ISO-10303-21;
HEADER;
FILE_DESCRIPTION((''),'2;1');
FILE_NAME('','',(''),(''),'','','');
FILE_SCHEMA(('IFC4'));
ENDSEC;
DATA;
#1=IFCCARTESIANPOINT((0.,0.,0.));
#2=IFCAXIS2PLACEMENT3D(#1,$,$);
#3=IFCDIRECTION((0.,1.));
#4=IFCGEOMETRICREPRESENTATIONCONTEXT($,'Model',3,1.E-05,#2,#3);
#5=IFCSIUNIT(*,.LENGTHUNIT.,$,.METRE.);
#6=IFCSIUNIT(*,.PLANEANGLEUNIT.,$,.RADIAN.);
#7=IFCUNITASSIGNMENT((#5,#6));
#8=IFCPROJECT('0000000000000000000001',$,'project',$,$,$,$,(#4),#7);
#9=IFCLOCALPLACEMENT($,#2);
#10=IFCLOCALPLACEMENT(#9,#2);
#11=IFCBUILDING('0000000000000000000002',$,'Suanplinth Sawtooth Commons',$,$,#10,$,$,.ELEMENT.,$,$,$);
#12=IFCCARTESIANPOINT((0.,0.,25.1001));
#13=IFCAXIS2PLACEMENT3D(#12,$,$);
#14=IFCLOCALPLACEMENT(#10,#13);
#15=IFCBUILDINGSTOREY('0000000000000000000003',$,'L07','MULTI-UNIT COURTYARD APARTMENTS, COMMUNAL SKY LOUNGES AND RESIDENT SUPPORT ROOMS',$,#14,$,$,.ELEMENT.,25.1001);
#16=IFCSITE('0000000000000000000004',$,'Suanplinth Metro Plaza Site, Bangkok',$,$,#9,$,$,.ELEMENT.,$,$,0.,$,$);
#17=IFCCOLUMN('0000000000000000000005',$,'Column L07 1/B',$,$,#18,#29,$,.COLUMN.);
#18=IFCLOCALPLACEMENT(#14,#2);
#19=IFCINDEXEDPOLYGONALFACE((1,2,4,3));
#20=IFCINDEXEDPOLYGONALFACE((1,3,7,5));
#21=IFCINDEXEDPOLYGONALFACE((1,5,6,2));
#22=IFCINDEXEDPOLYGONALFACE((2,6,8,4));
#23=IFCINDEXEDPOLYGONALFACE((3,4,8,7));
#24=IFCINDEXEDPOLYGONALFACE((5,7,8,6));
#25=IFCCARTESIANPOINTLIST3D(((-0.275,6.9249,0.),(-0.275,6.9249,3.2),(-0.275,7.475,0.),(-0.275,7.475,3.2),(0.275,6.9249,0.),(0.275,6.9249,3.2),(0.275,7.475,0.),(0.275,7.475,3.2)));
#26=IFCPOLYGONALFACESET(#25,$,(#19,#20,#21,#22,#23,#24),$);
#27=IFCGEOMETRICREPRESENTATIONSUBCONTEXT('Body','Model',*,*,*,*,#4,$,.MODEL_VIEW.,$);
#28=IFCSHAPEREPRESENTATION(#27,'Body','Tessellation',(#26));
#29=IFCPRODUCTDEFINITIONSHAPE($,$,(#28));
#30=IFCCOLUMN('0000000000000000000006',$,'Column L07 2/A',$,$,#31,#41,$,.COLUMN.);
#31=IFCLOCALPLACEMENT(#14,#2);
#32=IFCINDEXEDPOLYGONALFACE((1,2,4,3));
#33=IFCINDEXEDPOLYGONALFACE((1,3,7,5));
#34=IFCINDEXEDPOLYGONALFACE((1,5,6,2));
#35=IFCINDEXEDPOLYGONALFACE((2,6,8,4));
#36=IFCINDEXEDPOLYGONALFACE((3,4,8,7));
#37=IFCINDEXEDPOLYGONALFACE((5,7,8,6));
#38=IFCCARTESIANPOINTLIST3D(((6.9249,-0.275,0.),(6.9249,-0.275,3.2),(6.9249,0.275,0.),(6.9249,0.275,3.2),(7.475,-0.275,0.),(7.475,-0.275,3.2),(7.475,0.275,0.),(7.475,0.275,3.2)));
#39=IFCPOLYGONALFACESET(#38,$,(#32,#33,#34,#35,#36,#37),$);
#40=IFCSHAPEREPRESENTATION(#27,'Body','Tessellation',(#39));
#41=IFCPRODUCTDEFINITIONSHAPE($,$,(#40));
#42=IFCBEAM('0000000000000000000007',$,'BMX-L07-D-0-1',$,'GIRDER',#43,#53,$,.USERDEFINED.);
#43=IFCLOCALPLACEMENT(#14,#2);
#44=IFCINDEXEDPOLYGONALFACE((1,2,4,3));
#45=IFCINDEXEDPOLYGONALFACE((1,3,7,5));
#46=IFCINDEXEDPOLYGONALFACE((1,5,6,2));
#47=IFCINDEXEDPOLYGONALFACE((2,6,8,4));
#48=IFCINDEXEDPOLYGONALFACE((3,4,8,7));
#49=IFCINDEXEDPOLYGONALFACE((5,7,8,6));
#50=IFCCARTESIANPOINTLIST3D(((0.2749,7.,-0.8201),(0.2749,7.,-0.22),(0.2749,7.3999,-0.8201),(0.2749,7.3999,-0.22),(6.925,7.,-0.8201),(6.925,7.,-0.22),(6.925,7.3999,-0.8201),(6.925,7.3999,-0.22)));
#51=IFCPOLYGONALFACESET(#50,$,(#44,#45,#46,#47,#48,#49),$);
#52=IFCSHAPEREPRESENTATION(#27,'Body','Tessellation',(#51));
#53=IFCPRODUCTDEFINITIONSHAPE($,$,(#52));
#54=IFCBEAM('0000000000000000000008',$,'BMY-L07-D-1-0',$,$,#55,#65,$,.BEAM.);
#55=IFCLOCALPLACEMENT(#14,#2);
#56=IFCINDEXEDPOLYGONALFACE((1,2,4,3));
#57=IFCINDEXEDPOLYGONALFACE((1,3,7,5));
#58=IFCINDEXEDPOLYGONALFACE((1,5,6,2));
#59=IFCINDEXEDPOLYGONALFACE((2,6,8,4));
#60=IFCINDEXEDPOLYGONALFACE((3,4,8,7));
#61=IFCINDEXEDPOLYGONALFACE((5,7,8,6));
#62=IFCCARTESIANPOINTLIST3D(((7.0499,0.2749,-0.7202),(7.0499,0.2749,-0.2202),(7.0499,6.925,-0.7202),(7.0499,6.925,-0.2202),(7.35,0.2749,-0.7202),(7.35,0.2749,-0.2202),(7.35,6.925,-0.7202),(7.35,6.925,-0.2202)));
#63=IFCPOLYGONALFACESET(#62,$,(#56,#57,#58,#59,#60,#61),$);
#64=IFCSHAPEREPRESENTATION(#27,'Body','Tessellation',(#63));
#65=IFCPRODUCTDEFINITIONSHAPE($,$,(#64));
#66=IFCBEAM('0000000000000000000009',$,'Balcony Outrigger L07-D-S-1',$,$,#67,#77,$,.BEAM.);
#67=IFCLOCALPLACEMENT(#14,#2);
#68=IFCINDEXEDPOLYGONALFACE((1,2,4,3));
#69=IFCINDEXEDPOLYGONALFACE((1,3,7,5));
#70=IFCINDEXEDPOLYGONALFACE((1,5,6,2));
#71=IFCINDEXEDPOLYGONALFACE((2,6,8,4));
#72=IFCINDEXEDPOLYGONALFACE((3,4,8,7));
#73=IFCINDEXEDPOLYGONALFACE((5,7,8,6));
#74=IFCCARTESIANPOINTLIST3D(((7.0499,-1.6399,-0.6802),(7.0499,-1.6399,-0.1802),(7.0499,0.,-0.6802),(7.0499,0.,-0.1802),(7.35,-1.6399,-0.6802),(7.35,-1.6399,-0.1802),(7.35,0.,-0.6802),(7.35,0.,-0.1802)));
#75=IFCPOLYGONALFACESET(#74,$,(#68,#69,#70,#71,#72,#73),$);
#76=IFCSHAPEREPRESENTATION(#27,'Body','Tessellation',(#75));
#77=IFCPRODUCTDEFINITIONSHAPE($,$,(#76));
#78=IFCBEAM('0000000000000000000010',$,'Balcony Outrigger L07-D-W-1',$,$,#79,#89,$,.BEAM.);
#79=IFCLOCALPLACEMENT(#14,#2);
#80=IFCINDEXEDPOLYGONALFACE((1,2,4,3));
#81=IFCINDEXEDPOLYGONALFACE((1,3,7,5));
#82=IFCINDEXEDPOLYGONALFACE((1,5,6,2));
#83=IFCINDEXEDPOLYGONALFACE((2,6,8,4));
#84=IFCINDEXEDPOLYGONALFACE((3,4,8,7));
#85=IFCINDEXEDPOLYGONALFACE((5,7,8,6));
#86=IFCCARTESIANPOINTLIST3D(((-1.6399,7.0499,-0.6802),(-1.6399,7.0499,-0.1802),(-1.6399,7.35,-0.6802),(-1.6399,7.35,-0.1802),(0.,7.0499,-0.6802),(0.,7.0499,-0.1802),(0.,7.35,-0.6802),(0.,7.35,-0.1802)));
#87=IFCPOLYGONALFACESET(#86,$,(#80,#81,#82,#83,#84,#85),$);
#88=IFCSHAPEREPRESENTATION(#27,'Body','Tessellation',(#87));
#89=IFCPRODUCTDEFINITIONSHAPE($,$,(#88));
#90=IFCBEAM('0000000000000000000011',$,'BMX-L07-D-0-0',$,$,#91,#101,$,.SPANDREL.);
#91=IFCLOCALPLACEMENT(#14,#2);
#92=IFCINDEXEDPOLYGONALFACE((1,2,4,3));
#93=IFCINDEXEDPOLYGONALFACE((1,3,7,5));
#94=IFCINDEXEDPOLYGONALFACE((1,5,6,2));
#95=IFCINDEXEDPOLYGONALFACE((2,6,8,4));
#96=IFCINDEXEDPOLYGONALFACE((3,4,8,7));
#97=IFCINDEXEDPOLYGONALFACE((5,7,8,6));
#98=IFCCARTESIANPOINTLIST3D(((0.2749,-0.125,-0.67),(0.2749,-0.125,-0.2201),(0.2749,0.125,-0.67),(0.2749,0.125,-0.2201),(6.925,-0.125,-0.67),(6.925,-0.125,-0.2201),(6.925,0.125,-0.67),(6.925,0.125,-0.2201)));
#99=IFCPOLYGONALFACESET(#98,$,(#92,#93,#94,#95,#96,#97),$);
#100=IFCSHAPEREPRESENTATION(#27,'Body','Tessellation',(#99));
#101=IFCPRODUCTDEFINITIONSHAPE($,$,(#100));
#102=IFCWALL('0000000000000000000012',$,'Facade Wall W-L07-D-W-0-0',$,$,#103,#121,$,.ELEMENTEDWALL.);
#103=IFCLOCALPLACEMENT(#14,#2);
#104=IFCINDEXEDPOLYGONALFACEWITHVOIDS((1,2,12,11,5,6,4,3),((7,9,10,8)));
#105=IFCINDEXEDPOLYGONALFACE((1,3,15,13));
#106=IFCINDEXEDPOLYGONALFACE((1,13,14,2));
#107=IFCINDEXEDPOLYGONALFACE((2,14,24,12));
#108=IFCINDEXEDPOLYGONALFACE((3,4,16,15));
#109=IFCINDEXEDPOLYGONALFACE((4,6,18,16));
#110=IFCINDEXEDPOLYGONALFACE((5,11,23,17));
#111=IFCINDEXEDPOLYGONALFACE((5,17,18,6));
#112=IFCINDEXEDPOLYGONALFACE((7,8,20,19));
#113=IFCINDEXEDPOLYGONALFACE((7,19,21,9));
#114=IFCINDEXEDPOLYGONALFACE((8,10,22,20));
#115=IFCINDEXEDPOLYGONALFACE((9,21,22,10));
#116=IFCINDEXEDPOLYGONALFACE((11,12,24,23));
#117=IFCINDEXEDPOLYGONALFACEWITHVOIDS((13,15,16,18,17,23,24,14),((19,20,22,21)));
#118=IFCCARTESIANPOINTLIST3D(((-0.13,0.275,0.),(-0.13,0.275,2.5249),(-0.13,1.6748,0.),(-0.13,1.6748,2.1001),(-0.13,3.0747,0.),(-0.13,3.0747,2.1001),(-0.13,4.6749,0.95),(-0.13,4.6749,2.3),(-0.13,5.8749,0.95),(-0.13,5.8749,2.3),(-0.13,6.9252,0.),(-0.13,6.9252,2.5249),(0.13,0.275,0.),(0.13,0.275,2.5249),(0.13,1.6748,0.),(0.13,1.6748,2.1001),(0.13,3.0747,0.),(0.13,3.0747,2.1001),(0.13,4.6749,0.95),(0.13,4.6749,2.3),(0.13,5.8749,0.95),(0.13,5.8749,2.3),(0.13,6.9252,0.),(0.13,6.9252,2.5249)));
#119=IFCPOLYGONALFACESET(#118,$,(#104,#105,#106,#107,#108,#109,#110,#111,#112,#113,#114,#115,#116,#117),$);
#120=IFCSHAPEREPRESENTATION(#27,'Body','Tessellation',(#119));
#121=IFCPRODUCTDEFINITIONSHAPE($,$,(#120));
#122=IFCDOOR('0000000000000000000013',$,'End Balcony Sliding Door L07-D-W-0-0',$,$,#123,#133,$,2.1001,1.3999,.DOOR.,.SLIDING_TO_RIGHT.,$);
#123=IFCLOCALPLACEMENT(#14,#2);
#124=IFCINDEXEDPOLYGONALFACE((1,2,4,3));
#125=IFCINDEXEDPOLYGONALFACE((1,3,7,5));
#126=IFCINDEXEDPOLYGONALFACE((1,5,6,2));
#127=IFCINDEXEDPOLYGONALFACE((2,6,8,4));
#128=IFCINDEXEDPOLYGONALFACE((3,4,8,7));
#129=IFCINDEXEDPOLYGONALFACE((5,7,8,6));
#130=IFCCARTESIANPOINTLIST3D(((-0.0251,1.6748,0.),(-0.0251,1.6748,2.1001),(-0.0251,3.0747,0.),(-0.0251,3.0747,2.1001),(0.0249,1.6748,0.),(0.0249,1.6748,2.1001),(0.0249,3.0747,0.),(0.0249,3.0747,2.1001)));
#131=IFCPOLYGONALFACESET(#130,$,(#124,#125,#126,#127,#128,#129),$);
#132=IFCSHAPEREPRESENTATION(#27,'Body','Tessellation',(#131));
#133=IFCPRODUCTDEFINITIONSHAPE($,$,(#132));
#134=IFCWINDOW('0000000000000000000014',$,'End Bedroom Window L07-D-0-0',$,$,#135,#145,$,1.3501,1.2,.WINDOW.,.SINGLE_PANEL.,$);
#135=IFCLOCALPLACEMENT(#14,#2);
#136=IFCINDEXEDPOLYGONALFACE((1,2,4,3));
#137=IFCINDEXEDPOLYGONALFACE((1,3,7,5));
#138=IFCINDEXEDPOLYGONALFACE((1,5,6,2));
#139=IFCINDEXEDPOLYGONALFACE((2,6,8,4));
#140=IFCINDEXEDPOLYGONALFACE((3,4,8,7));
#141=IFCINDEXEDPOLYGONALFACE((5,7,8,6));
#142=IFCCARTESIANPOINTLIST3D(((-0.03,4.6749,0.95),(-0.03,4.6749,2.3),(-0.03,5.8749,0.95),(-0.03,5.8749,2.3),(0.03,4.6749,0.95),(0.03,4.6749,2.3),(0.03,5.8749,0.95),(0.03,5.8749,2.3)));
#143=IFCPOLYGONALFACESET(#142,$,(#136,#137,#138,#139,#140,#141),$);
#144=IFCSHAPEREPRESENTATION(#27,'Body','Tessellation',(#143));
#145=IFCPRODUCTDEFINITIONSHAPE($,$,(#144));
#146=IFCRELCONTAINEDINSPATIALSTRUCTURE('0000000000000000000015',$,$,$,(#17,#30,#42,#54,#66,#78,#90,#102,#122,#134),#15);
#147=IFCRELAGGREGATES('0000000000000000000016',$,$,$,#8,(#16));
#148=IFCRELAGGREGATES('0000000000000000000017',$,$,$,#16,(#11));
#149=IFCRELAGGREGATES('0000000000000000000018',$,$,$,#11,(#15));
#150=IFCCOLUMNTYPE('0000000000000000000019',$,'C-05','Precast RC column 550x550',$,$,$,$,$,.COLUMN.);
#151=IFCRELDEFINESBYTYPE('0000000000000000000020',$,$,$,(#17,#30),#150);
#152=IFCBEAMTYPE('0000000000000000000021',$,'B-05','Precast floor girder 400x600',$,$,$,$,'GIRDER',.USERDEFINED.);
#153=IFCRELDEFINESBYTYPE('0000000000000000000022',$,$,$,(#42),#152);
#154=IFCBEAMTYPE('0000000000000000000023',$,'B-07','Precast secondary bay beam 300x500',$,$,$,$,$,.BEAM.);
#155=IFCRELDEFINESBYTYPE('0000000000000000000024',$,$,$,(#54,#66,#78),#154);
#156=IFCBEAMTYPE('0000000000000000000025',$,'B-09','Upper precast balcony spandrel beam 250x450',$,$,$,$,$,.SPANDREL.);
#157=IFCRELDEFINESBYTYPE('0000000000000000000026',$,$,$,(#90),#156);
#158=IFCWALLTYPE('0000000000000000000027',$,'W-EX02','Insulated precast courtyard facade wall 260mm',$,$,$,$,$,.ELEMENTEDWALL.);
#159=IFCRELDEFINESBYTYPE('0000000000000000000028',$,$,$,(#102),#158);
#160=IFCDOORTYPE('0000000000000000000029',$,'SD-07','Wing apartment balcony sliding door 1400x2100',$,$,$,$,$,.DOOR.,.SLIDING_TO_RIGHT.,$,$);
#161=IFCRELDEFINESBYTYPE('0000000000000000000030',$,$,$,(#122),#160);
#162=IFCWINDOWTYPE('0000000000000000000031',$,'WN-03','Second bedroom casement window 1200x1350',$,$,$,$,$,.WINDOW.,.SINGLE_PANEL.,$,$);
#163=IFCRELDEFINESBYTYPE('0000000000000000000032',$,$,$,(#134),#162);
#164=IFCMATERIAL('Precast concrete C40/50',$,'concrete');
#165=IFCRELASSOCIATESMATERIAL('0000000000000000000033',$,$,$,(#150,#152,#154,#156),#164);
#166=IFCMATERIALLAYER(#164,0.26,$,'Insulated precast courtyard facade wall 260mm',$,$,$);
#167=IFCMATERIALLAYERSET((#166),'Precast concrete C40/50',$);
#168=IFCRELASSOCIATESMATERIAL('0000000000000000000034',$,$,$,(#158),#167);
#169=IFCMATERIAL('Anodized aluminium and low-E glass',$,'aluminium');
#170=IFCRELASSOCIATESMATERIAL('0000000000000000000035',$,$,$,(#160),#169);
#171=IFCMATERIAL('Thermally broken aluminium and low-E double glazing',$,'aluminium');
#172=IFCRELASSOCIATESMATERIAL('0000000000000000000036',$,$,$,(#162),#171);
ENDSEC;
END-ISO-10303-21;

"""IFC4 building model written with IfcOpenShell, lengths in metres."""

from ifc_helpers import new_model, si_unit, direction, frame, frame_2d, origin, origin_2d, place, context, subcontext, project, spatial, rectangle, extrude, material, layer, layer_set, material_profile, profile_set, type_object, element, fill, save


model = new_model("IFC4")

# Units and contexts
model_context = context("Model", 3, precision=1e-05, world=origin(), true_north=direction((0.0, 1.0)))
body_context = subcontext(model_context, "Body", "Model", "MODEL_VIEW")
ifc_project = project(units=[si_unit("LENGTHUNIT", "METRE"), si_unit("PLANEANGLEUNIT", "RADIAN")], contexts=[model_context])

# Site, building, storey
site_placement = place(None, origin())
site = spatial("IfcSite", under=ifc_project, at=site_placement, Name="Suanplinth Metro Plaza Site, Bangkok", CompositionType="ELEMENT", RefElevation=0.0)
building_placement = place(site_placement, origin())
building = spatial("IfcBuilding", under=site, at=building_placement, Name="Suanplinth Sawtooth Commons", CompositionType="ELEMENT")
storey_placement = place(building_placement, frame((0.0, 0.0, 25.1001)))
storey = spatial("IfcBuildingStorey", under=building, at=storey_placement, Name="L07", Description="MULTI-UNIT COURTYARD APARTMENTS, COMMUNAL SKY LOUNGES AND RESIDENT SUPPORT ROOMS", CompositionType="ELEMENT", Elevation=25.1001)

# Columns
ifc_material_1 = material(Name="Precast concrete C40/50", Category="concrete")
ifc_material_profile_1 = material_profile(ifc_material_1, rectangle(XDim=0.55, YDim=0.55, at=origin_2d()), Name="PC-COL 550x550")
ifc_profile_set_1 = profile_set([ifc_material_profile_1], Name="Precast concrete C40/50")
column_type = type_object("IfcColumnType", Name="C-05", Description="Precast RC column 550x550", PredefinedType="COLUMN", material=ifc_profile_set_1)
for number, where, z_axis, x_axis, name in (
    (1, (0.0, 7.2, 0.0), (0.0, 0.0, 1.0), (1.0, 0.0, 0.0), "Column L07 1/B"),
    (2, (7.2, 0.0, 0.0), (0.0, 0.0, 1.0), (1.0, 0.0, 0.0), "Column L07 2/A"),
):
    element("IfcColumn", number, at=place(storey_placement, frame(where, z_axis=z_axis, x_axis=x_axis)), inside=storey, type_object=column_type, Name=name, PredefinedType="COLUMN", context=body_context, shape_type="SweptSolid", body=[
        extrude(rectangle(XDim=0.55, YDim=0.55, at=origin_2d()), origin(), (0.0, 0.0, 1.0), 3.2),
    ])

# Beams
ifc_material_profile_2 = material_profile(ifc_material_1, rectangle(XDim=0.3999, YDim=0.6001, at=origin_2d()), Name="PC-GDR 400x600")
ifc_profile_set_2 = profile_set([ifc_material_profile_2], Name="Precast concrete C40/50")
beam_type_1 = type_object("IfcBeamType", Name="B-05", Description="Precast floor girder 400x600", ElementType="GIRDER", PredefinedType="USERDEFINED", material=ifc_profile_set_2)
beam_1_placement = place(storey_placement, frame((0.2749, 7.2, -0.52), z_axis=(1.0, 0.0, 0.0), x_axis=(0.0, 1.0, 0.0)))
element("IfcBeam", 3, at=beam_1_placement, inside=storey, type_object=beam_type_1, Name="BMX-L07-D-0-1", ObjectType="GIRDER", PredefinedType="USERDEFINED", context=body_context, shape_type="SweptSolid", body=[
    extrude(rectangle(XDim=0.3999, YDim=0.6001, at=origin_2d()), origin(), (0.0, 0.0, 1.0), 6.6501),
])
ifc_material_profile_3 = material_profile(ifc_material_1, rectangle(XDim=0.3, YDim=0.5, at=origin_2d()), Name="PC-BM 300x500")
ifc_profile_set_3 = profile_set([ifc_material_profile_3], Name="Precast concrete C40/50")
beam_type_2 = type_object("IfcBeamType", Name="B-07", Description="Precast secondary bay beam 300x500", PredefinedType="BEAM", material=ifc_profile_set_3)
beam_2_placement = place(storey_placement, frame((7.2, 0.2749, -0.4702), z_axis=(0.0, 1.0, 0.0), x_axis=(-1.0, 0.0, 0.0)))
element("IfcBeam", 4, at=beam_2_placement, inside=storey, type_object=beam_type_2, Name="BMY-L07-D-1-0", PredefinedType="BEAM", context=body_context, shape_type="SweptSolid", body=[
    extrude(rectangle(XDim=0.3, YDim=0.5, at=origin_2d()), origin(), (0.0, 0.0, 1.0), 6.6501),
])
for number, where, z_axis, x_axis, name in (
    (5, (7.2, 0.0, -0.4302), (0.0, -1.0, 0.0), (1.0, 0.0, 0.0), "Balcony Outrigger L07-D-S-1"),
    (6, (0.0, 7.2, -0.4302), (-1.0, 0.0, 0.0), (0.0, -1.0, 0.0), "Balcony Outrigger L07-D-W-1"),
):
    element("IfcBeam", number, at=place(storey_placement, frame(where, z_axis=z_axis, x_axis=x_axis)), inside=storey, type_object=beam_type_2, Name=name, PredefinedType="BEAM", context=body_context, shape_type="SweptSolid", body=[
        extrude(rectangle(XDim=0.3, YDim=0.5, at=origin_2d()), origin(), (0.0, 0.0, 1.0), 1.6399),
    ])
ifc_material_profile_4 = material_profile(ifc_material_1, rectangle(XDim=0.25, YDim=0.45, at=origin_2d()), Name="PC-SP 250x450")
ifc_profile_set_4 = profile_set([ifc_material_profile_4], Name="Precast concrete C40/50")
beam_type_3 = type_object("IfcBeamType", Name="B-09", Description="Upper precast balcony spandrel beam 250x450", PredefinedType="SPANDREL", material=ifc_profile_set_4)
beam_3_placement = place(storey_placement, frame((0.2749, 0.0, -0.4451), z_axis=(1.0, 0.0, 0.0), x_axis=(0.0, 1.0, 0.0)))
element("IfcBeam", 7, at=beam_3_placement, inside=storey, type_object=beam_type_3, Name="BMX-L07-D-0-0", PredefinedType="SPANDREL", context=body_context, shape_type="SweptSolid", body=[
    extrude(rectangle(XDim=0.25, YDim=0.45, at=origin_2d()), origin(), (0.0, 0.0, 1.0), 6.6501),
])

# Wall, openings, door, window
ifc_layer_1 = layer(ifc_material_1, 0.26, Name="Insulated precast courtyard facade wall 260mm")
ifc_layer_set_1 = layer_set([ifc_layer_1], Name="Precast concrete C40/50")
wall_type_1 = type_object("IfcWallType", Name="W-EX02", Description="Insulated precast courtyard facade wall 260mm", PredefinedType="ELEMENTEDWALL", material=ifc_layer_set_1)
ifc_material_2 = material(Name="Anodized aluminium and low-E glass", Category="aluminium")
ifc_material_3 = material(Name="Thermally broken aluminium and low-E double glazing", Category="aluminium")
wall_1_placement = place(storey_placement, frame((0.0, 0.2749, 0.0), z_axis=(0.0, 0.0, 1.0), x_axis=(0.0, 1.0, 0.0)))
wall_1 = element("IfcWall", 8, at=wall_1_placement, inside=storey, type_object=wall_type_1, Name="Facade Wall W-L07-D-W-0-0", PredefinedType="ELEMENTEDWALL", context=body_context, shape_type="SweptSolid", body=[
    extrude(rectangle(XDim=6.6501, YDim=0.26, at=frame_2d((3.3252, 0.0))), origin(), (0.0, 0.0, 1.0), 2.5249),
])
opening_1_placement = place(wall_1_placement, frame((1.3999, 0.0, 0.0)))
opening_1 = element("IfcOpeningElement", 9, at=opening_1_placement, cuts=wall_1, PredefinedType="OPENING", context=body_context, shape_type="SweptSolid", body=[
    extrude(rectangle(XDim=1.3999, YDim=2.1001, at=frame_2d((0.7, 1.05))), frame((0.0, 0.145, 0.0), z_axis=(0.0, -1.0, 0.0), x_axis=(1.0, 0.0, 0.0)), (0.0, 0.0, 1.0), 0.2898),
])
opening_2_placement = place(wall_1_placement, frame((4.3999, 0.0, 0.95)))
opening_2 = element("IfcOpeningElement", 10, at=opening_2_placement, cuts=wall_1, PredefinedType="OPENING", context=body_context, shape_type="SweptSolid", body=[
    extrude(rectangle(XDim=1.2, YDim=1.3501, at=frame_2d((0.6001, 0.675))), frame((0.0, 0.145, 0.0), z_axis=(0.0, -1.0, 0.0), x_axis=(1.0, 0.0, 0.0)), (0.0, 0.0, 1.0), 0.2898),
])
door_type_1 = type_object("IfcDoorType", Name="SD-07", Description="Wing apartment balcony sliding door 1400x2100", OperationType="SLIDING_TO_RIGHT", PredefinedType="DOOR", material=ifc_material_2)
door_1_placement = place(opening_1_placement, frame((1.3999, 0.0, 0.0), z_axis=(0.0, 0.0, 1.0), x_axis=(-1.0, 0.0, 0.0)))
door_1 = element("IfcDoor", 11, at=door_1_placement, inside=storey, type_object=door_type_1, Name="End Balcony Sliding Door L07-D-W-0-0", OperationType="SLIDING_TO_RIGHT", OverallHeight=2.1001, OverallWidth=1.3999, PredefinedType="DOOR", context=body_context, shape_type="SweptSolid", body=[
    extrude(rectangle(XDim=1.3999, YDim=2.1001, at=frame_2d((0.7, 1.05))), frame((0.0, 0.0249, 0.0), z_axis=(0.0, -1.0, 0.0), x_axis=(1.0, 0.0, 0.0)), (0.0, 0.0, 1.0), 0.05),
])
fill(opening_1, door_1)
window_type_1 = type_object("IfcWindowType", Name="WN-03", Description="Second bedroom casement window 1200x1350", PartitioningType="SINGLE_PANEL", PredefinedType="WINDOW", material=ifc_material_3)
window_1_placement = place(opening_2_placement, origin())
window_1 = element("IfcWindow", 12, at=window_1_placement, inside=storey, type_object=window_type_1, Name="End Bedroom Window L07-D-0-0", OverallHeight=1.3501, OverallWidth=1.2, PartitioningType="SINGLE_PANEL", PredefinedType="WINDOW", context=body_context, shape_type="SweptSolid", body=[
    extrude(rectangle(XDim=1.2, YDim=1.3501, at=frame_2d((0.6001, 0.675))), frame((0.0, 0.03, 0.0), z_axis=(0.0, -1.0, 0.0), x_axis=(1.0, 0.0, 0.0)), (0.0, 0.0, 1.0), 0.0601),
])
fill(opening_2, window_1)

save(model, "model.ifc")
